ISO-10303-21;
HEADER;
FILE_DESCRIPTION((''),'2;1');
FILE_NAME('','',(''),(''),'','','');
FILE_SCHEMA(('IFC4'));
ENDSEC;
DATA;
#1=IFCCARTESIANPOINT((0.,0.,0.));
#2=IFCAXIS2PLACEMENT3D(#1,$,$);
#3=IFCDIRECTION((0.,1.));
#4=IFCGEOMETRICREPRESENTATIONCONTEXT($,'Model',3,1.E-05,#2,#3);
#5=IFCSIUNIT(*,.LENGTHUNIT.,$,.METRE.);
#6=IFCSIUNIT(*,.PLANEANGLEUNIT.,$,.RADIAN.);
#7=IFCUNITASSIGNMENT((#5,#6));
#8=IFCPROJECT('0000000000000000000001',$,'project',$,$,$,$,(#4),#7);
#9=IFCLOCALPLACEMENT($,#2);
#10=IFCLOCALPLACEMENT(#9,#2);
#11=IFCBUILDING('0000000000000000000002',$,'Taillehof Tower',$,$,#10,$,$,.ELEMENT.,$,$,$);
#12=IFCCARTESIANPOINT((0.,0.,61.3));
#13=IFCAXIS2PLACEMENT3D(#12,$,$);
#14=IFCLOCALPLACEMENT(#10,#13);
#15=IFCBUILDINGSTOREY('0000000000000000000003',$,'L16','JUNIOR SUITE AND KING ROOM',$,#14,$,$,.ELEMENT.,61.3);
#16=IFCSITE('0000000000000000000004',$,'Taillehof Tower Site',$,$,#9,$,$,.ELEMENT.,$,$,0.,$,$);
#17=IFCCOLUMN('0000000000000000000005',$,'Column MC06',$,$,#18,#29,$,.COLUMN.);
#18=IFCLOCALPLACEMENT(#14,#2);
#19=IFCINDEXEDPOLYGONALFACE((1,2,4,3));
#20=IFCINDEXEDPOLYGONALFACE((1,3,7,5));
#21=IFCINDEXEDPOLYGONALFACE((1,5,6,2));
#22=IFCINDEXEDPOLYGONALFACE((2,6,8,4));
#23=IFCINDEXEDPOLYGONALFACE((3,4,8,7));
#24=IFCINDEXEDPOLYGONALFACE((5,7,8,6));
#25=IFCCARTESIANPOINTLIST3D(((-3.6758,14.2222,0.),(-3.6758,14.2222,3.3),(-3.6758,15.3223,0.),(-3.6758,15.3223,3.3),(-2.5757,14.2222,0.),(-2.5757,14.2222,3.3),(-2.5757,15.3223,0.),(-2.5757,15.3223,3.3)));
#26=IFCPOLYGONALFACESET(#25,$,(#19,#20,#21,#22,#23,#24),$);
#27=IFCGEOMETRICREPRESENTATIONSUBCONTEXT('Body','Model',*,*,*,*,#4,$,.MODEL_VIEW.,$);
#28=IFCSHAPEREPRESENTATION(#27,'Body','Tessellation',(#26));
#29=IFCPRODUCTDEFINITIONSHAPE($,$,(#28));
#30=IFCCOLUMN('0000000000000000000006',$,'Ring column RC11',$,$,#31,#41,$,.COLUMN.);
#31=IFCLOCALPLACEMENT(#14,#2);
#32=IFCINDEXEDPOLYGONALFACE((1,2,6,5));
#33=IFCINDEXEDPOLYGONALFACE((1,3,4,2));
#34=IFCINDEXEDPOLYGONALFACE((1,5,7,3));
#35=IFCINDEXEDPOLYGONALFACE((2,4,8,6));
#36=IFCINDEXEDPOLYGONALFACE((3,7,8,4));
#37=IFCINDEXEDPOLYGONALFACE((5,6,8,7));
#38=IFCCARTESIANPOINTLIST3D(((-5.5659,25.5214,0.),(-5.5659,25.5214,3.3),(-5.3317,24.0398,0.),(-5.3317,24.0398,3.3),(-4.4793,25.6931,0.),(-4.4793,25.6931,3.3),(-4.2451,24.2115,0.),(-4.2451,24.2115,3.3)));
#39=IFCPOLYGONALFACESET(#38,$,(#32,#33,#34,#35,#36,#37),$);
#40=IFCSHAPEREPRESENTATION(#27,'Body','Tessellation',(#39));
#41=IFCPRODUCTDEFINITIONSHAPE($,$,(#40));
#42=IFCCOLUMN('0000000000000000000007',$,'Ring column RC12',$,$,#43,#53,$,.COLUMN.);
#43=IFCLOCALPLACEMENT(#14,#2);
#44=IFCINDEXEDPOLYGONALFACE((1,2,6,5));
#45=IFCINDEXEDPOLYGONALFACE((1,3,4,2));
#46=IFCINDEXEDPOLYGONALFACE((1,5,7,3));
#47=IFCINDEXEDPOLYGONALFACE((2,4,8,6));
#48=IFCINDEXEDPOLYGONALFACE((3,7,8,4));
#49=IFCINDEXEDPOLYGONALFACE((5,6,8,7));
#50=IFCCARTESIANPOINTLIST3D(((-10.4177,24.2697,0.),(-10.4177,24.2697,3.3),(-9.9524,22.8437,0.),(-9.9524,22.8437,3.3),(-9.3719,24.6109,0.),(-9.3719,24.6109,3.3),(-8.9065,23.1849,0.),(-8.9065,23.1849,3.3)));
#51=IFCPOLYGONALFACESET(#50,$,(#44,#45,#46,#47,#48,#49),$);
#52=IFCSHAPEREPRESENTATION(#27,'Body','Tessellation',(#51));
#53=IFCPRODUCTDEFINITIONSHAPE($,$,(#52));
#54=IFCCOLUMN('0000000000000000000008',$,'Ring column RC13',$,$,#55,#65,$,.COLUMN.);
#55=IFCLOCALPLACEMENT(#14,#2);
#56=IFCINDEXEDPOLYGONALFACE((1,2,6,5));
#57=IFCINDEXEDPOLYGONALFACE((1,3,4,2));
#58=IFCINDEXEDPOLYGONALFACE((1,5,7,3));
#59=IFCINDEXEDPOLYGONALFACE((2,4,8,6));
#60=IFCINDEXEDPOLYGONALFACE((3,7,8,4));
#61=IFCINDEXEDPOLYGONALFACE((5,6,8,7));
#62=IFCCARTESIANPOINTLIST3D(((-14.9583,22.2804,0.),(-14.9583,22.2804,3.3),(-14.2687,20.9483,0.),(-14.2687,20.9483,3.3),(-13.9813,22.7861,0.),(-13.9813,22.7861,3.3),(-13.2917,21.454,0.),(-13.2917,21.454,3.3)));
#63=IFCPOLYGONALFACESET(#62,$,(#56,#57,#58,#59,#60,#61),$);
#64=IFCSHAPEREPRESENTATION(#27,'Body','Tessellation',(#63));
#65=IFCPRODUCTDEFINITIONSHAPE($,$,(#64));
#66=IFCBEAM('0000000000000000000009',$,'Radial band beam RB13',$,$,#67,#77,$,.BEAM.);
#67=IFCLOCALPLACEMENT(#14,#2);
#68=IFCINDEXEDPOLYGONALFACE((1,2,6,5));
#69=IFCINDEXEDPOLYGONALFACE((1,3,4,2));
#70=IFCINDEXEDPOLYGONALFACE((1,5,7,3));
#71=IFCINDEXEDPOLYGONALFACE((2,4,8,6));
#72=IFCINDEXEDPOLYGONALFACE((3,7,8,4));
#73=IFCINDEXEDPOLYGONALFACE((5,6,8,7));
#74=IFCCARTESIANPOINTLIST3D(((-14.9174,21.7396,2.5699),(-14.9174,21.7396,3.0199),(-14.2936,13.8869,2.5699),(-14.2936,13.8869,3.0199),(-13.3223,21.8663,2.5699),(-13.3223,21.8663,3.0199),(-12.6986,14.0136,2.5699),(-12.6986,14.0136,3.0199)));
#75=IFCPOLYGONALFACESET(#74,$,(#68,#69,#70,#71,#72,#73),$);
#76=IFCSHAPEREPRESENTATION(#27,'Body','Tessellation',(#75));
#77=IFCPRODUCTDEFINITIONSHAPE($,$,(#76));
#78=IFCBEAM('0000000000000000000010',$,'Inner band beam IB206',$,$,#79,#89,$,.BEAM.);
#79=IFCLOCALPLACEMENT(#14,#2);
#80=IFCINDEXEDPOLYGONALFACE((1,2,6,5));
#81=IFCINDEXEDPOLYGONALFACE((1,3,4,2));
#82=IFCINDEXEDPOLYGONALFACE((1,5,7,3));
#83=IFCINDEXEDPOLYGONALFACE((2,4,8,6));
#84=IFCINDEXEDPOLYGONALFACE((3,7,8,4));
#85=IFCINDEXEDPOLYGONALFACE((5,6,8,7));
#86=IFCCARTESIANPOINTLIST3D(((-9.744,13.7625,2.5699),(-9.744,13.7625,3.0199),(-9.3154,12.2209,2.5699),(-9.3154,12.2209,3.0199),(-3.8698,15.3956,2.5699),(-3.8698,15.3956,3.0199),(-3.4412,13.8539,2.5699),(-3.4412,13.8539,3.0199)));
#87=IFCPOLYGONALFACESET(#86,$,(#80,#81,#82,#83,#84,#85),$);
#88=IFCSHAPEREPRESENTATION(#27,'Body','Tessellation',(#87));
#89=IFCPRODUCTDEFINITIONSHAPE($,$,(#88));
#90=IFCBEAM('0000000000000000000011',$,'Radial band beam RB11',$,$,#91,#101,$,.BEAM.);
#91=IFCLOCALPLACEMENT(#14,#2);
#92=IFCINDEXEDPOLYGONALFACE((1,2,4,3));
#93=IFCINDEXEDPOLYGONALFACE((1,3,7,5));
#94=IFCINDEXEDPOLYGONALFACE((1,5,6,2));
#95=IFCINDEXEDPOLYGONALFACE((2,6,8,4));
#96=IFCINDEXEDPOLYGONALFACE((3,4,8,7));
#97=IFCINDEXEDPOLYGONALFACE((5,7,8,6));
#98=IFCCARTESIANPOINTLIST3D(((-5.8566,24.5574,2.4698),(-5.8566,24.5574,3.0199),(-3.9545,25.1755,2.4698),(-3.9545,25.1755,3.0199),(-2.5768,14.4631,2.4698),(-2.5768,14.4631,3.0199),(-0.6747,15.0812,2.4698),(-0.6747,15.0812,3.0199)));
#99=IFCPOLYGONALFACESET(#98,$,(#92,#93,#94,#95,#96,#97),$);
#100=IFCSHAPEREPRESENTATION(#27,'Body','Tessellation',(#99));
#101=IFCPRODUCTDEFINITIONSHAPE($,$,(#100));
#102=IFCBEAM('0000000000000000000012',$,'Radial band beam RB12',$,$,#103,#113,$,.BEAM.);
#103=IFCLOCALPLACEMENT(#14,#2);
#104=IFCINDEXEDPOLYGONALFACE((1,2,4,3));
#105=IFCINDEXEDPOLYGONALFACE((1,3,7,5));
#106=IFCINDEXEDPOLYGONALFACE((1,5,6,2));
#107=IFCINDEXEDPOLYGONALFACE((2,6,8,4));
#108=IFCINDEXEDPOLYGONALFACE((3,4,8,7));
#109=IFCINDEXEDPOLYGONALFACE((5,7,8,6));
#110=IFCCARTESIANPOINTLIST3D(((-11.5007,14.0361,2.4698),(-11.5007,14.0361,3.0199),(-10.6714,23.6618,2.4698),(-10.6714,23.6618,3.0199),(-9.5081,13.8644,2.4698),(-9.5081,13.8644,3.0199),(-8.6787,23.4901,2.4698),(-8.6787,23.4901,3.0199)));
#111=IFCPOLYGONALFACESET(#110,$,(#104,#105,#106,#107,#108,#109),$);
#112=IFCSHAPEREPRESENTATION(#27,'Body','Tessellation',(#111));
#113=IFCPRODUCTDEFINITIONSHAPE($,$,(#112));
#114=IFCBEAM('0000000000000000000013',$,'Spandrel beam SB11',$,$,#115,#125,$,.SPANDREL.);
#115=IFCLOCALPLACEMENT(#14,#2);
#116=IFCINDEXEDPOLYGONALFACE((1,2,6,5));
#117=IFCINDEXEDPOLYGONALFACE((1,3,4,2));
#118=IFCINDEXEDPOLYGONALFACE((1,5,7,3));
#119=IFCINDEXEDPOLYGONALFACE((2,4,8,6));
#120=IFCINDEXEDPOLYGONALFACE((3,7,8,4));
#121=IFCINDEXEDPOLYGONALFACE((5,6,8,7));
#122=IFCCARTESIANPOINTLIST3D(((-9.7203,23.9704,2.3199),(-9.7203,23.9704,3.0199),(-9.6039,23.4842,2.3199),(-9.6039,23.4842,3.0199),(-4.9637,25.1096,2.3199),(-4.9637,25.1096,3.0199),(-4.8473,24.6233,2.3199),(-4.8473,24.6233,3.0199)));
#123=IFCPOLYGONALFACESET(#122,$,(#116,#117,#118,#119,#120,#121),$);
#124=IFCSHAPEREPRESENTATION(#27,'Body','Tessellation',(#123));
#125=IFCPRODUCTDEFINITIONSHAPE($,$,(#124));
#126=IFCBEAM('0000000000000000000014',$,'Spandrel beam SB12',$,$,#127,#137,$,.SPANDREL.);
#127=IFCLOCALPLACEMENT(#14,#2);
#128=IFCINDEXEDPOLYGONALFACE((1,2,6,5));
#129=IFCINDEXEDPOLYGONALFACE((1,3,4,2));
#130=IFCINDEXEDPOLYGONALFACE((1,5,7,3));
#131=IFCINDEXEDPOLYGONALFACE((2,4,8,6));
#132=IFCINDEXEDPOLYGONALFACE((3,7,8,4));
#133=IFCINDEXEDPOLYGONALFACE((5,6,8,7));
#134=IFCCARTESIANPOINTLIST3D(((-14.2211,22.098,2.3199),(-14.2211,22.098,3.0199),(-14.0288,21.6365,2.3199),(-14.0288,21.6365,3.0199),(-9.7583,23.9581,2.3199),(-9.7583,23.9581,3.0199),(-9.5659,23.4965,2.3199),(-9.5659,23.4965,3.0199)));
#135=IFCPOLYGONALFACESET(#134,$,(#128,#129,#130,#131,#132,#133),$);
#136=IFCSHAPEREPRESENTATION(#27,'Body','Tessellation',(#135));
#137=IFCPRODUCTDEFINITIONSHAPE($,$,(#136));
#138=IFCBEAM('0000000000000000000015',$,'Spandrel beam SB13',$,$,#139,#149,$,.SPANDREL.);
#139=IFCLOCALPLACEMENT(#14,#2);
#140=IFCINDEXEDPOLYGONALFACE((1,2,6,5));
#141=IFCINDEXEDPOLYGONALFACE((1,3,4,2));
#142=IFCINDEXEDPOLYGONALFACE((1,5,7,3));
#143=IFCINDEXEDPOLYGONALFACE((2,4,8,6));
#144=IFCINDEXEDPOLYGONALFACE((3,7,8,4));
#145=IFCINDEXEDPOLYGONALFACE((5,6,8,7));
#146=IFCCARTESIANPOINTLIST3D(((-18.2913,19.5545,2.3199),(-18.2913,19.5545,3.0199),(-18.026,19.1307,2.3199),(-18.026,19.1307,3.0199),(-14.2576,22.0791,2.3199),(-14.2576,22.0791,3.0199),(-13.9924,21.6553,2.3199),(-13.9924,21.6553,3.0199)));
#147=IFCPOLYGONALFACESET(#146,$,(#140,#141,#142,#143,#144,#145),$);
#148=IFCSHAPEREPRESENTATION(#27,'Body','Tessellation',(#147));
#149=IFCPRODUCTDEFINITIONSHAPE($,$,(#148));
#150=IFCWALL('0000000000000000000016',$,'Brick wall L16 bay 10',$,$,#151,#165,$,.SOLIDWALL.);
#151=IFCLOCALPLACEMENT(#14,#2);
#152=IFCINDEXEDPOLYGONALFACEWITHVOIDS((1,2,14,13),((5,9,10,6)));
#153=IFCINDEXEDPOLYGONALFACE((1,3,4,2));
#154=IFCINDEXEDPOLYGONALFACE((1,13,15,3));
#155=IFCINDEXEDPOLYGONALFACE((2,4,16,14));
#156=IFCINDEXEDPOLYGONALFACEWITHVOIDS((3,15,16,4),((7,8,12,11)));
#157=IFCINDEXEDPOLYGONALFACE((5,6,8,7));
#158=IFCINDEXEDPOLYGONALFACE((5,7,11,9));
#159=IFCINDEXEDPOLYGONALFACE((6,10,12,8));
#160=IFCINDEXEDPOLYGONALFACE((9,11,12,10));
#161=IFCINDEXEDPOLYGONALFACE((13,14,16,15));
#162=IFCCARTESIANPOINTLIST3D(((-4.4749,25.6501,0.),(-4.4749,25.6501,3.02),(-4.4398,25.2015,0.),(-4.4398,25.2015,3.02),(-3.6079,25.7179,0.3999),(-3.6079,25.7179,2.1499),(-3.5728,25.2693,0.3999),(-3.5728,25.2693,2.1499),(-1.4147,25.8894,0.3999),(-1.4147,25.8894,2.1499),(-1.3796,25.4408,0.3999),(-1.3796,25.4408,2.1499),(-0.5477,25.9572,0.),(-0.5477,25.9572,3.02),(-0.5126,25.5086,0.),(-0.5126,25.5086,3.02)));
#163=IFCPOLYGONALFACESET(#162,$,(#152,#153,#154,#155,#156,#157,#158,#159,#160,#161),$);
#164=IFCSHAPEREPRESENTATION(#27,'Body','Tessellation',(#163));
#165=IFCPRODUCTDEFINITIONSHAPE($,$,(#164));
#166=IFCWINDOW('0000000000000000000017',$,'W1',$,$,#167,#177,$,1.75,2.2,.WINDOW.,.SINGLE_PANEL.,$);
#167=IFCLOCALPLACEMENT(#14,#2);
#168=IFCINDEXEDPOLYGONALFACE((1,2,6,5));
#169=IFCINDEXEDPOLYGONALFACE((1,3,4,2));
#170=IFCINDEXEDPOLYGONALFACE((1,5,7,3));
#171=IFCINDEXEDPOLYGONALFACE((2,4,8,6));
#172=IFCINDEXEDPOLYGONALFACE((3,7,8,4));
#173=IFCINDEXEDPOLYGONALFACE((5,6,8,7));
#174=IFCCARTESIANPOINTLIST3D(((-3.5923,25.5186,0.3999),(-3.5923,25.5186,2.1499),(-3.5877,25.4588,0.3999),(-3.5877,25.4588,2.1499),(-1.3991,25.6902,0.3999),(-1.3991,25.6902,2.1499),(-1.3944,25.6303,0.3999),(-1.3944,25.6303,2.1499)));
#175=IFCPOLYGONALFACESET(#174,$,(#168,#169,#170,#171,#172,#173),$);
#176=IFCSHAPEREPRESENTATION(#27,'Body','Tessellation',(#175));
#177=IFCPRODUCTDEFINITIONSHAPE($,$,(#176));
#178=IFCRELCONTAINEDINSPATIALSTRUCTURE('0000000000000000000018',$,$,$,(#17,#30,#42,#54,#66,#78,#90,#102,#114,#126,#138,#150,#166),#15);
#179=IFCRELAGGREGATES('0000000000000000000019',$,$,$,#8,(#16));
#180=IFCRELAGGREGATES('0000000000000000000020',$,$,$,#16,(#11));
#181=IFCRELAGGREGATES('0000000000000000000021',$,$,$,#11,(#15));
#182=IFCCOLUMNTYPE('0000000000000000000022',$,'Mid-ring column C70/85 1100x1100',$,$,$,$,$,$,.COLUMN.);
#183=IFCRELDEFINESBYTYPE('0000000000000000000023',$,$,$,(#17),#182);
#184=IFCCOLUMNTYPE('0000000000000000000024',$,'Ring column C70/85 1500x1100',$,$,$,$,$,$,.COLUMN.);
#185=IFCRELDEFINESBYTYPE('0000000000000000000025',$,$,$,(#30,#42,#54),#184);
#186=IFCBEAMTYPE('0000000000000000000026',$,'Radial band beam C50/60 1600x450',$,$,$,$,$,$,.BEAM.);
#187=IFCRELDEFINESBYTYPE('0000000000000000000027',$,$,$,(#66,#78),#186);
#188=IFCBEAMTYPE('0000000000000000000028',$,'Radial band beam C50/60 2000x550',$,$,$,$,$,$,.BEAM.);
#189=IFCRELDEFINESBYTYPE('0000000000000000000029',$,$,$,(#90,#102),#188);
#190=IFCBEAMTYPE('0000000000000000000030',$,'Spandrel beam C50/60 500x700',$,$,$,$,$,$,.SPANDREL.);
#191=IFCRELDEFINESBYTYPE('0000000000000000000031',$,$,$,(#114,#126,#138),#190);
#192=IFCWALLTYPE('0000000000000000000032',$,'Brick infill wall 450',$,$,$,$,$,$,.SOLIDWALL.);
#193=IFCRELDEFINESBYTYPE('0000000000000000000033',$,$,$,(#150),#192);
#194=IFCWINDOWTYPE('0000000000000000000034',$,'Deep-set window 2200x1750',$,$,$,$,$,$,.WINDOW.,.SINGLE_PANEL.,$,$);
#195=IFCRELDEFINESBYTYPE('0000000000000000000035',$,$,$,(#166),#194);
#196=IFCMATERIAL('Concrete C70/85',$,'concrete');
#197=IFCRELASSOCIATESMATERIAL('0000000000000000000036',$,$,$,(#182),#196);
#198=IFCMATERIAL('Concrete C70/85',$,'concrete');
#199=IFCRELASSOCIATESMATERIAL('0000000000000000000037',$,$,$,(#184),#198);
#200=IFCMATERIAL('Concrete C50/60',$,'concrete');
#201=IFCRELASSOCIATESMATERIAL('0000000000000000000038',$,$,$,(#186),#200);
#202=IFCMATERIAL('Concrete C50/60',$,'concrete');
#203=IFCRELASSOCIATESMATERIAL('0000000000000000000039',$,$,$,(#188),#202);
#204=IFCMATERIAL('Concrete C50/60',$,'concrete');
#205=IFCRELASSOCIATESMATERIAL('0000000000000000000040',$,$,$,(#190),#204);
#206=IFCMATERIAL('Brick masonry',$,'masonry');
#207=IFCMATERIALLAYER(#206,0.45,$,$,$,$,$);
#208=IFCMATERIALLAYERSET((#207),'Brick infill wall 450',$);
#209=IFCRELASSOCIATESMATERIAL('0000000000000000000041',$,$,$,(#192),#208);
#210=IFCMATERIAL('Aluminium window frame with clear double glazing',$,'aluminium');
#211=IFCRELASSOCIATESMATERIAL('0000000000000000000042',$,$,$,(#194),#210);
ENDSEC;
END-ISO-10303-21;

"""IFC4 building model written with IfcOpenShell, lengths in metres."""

from ifc_helpers import new_model, si_unit, direction, frame, frame_2d, origin, origin_2d, place, context, subcontext, project, spatial, rectangle, extrude, material, layer, layer_set, material_profile, profile_set, type_object, element, fill, save


model = new_model("IFC4")

# Units and contexts
model_context = context("Model", 3, precision=1e-05, world=origin(), true_north=direction((0.0, 1.0)))
body_context = subcontext(model_context, "Body", "Model", "MODEL_VIEW")
ifc_project = project(units=[si_unit("LENGTHUNIT", "METRE"), si_unit("PLANEANGLEUNIT", "RADIAN")], contexts=[model_context])

# Site, building, storey
site_placement = place(None, origin())
site = spatial("IfcSite", under=ifc_project, at=site_placement, Name="Taillehof Tower Site", CompositionType="ELEMENT", RefElevation=0.0)
building_placement = place(site_placement, origin())
building = spatial("IfcBuilding", under=site, at=building_placement, Name="Taillehof Tower", CompositionType="ELEMENT")
storey_placement = place(building_placement, frame((0.0, 0.0, 61.3)))
storey = spatial("IfcBuildingStorey", under=building, at=storey_placement, Name="L16", Description="JUNIOR SUITE AND KING ROOM", CompositionType="ELEMENT", Elevation=61.3)

# Columns
ifc_material_1 = material(Name="Concrete C70/85", Category="concrete")
ifc_material_profile_1 = material_profile(ifc_material_1, rectangle(XDim=1.1001, YDim=1.1001, at=origin_2d()), Name="RC 1100x1100")
ifc_profile_set_1 = profile_set([ifc_material_profile_1], Name="Concrete C70/85")
column_type_1 = type_object("IfcColumnType", Name="Mid-ring column C70/85 1100x1100", PredefinedType="COLUMN", material=ifc_profile_set_1)
column_placement = place(storey_placement, frame((-3.1257, 14.7722, 0.0), z_axis=(0.0, 0.0, 1.0), x_axis=(1.0, 0.0, 0.0)))
element("IfcColumn", 1, at=column_placement, inside=storey, type_object=column_type_1, Name="Column MC06", PredefinedType="COLUMN", context=body_context, shape_type="SweptSolid", body=[
    extrude(rectangle(XDim=1.1001, YDim=1.1001, at=origin_2d()), origin(), (0.0, 0.0, 1.0), 3.3),
])
ifc_material_2 = material(Name="Concrete C70/85", Category="concrete")
ifc_material_profile_2 = material_profile(ifc_material_2, rectangle(XDim=1.5, YDim=1.1001, at=origin_2d()), Name="RC 1500x1100")
ifc_profile_set_2 = profile_set([ifc_material_profile_2], Name="Concrete C70/85")
column_type_2 = type_object("IfcColumnType", Name="Ring column C70/85 1500x1100", PredefinedType="COLUMN", material=ifc_profile_set_2)
for number, where, z_axis, x_axis, name in (
    (2, (-4.9055, 24.8665, 0.0), (0.0, 0.0, 1.0), (-0.156147, 0.987734, 0.0), "Ring column RC11"),
    (3, (-9.6621, 23.7273, 0.0), (0.0, 0.0, 1.0), (-0.310219, 0.950665, 0.0), "Ring column RC12"),
    (4, (-14.125, 21.8672, 0.0), (0.0, 0.0, 1.0), (-0.459691, 0.888079, 0.0), "Ring column RC13"),
):
    element("IfcColumn", number, at=place(storey_placement, frame(where, z_axis=z_axis, x_axis=x_axis)), inside=storey, type_object=column_type_2, Name=name, PredefinedType="COLUMN", context=body_context, shape_type="SweptSolid", body=[
        extrude(rectangle(XDim=1.5, YDim=1.1001, at=origin_2d()), origin(), (0.0, 0.0, 1.0), 3.3),
    ])

# Beams
ifc_material_3 = material(Name="Concrete C50/60", Category="concrete")
ifc_material_profile_3 = material_profile(ifc_material_3, rectangle(XDim=1.6001, YDim=0.45, at=origin_2d()), Name="RC 1600x450")
ifc_profile_set_3 = profile_set([ifc_material_profile_3], Name="Concrete C50/60")
beam_type_1 = type_object("IfcBeamType", Name="Radial band beam C50/60 1600x450", PredefinedType="BEAM", material=ifc_profile_set_3)
beam_1_placement = place(storey_placement, frame((-14.1199, 21.803, 2.7949), z_axis=(0.079185, -0.99686, 0.0), x_axis=(0.99686, 0.079185, 0.0)))
element("IfcBeam", 5, at=beam_1_placement, inside=storey, type_object=beam_type_1, Name="Radial band beam RB13", PredefinedType="BEAM", context=body_context, shape_type="SweptSolid", body=[
    extrude(rectangle(XDim=1.6001, YDim=0.45, at=origin_2d()), origin(), (0.0, 0.0, 1.0), 7.8774),
])
beam_2_placement = place(storey_placement, frame((-3.6555, 14.6248, 2.7949), z_axis=(-0.963459, -0.267855, 0.0), x_axis=(0.267855, -0.963459, 0.0)))
element("IfcBeam", 6, at=beam_2_placement, inside=storey, type_object=beam_type_1, Name="Inner band beam IB206", PredefinedType="BEAM", context=body_context, shape_type="SweptSolid", body=[
    extrude(rectangle(XDim=1.6001, YDim=0.45, at=origin_2d()), origin(), (0.0, 0.0, 1.0), 6.0969),
])
ifc_material_4 = material(Name="Concrete C50/60", Category="concrete")
ifc_material_profile_4 = material_profile(ifc_material_4, rectangle(XDim=2.0, YDim=0.55, at=origin_2d()), Name="RC 2000x550")
ifc_profile_set_4 = profile_set([ifc_material_profile_4], Name="Concrete C50/60")
beam_type_2 = type_object("IfcBeamType", Name="Radial band beam C50/60 2000x550", PredefinedType="BEAM", material=ifc_profile_set_4)
beam_3_placement = place(storey_placement, frame((-4.9055, 24.8665, 2.7449), z_axis=(0.309014, -0.951057, 0.0), x_axis=(0.951057, 0.309014, 0.0)))
element("IfcBeam", 7, at=beam_3_placement, inside=storey, type_object=beam_type_2, Name="Radial band beam RB11", PredefinedType="BEAM", context=body_context, shape_type="SweptSolid", body=[
    extrude(rectangle(XDim=2.0, YDim=0.55, at=origin_2d()), origin(), (0.0, 0.0, 1.0), 10.6138),
])
beam_4_placement = place(storey_placement, frame((-9.675, 23.5759, 2.7449), z_axis=(-0.085841, -0.996309, 0.0), x_axis=(0.996309, -0.085841, 0.0)))
element("IfcBeam", 8, at=beam_4_placement, inside=storey, type_object=beam_type_2, Name="Radial band beam RB12", PredefinedType="BEAM", context=body_context, shape_type="SweptSolid", body=[
    extrude(rectangle(XDim=2.0, YDim=0.55, at=origin_2d()), origin(), (0.0, 0.0, 1.0), 9.6614),
])
ifc_material_5 = material(Name="Concrete C50/60", Category="concrete")
ifc_material_profile_5 = material_profile(ifc_material_5, rectangle(XDim=0.5, YDim=0.7, at=origin_2d()), Name="RC 500x700")
ifc_profile_set_5 = profile_set([ifc_material_profile_5], Name="Concrete C50/60")
beam_type_3 = type_object("IfcBeamType", Name="Spandrel beam C50/60 500x700", PredefinedType="SPANDREL", material=ifc_profile_set_5)
beam_5_placement = place(storey_placement, frame((-4.9055, 24.8665, 2.6699), z_axis=(-0.9725, -0.232905, 0.0), x_axis=(0.232905, -0.9725, 0.0)))
element("IfcBeam", 9, at=beam_5_placement, inside=storey, type_object=beam_type_3, Name="Spandrel beam SB11", PredefinedType="SPANDREL", context=body_context, shape_type="SweptSolid", body=[
    extrude(rectangle(XDim=0.5, YDim=0.7, at=origin_2d()), origin(), (0.0, 0.0, 1.0), 4.8911),
])
beam_6_placement = place(storey_placement, frame((-9.6621, 23.7273, 2.6699), z_axis=(-0.923035, -0.384716, 0.0), x_axis=(0.384716, -0.923035, 0.0)))
element("IfcBeam", 10, at=beam_6_placement, inside=storey, type_object=beam_type_3, Name="Spandrel beam SB12", PredefinedType="SPANDREL", context=body_context, shape_type="SweptSolid", body=[
    extrude(rectangle(XDim=0.5, YDim=0.7, at=origin_2d()), origin(), (0.0, 0.0, 1.0), 4.835),
])
beam_7_placement = place(storey_placement, frame((-14.125, 21.8672, 2.6699), z_axis=(-0.847658, -0.530543, 0.0), x_axis=(0.530543, -0.847658, 0.0)))
element("IfcBeam", 11, at=beam_7_placement, inside=storey, type_object=beam_type_3, Name="Spandrel beam SB13", PredefinedType="SPANDREL", context=body_context, shape_type="SweptSolid", body=[
    extrude(rectangle(XDim=0.5, YDim=0.7, at=origin_2d()), origin(), (0.0, 0.0, 1.0), 4.7585),
])

# Wall, opening, window
ifc_material_6 = material(Name="Brick masonry", Category="masonry")
ifc_layer_1 = layer(ifc_material_6, 0.45)
ifc_layer_set_1 = layer_set([ifc_layer_1], Name="Brick infill wall 450")
wall_type_1 = type_object("IfcWallType", Name="Brick infill wall 450", PredefinedType="SOLIDWALL", material=ifc_layer_set_1)
wall_1_placement = place(storey_placement, frame((-0.53, 25.7329, 0.0), z_axis=(0.0, 0.0, 1.0), x_axis=(-0.996956, -0.077967, 0.0)))
wall_1 = element("IfcWall", 12, at=wall_1_placement, inside=storey, type_object=wall_type_1, Name="Brick wall L16 bay 10", PredefinedType="SOLIDWALL", context=body_context, shape_type="SweptSolid", body=[
    extrude(rectangle(XDim=3.9392, YDim=0.45, at=frame_2d((1.9697, 0.0))), origin(), (0.0, 0.0, 1.0), 3.02),
])
opening_1_placement = place(wall_1_placement, frame((0.8696, 0.0, 0.3999)))
opening_1 = element("IfcOpeningElement", 13, at=opening_1_placement, cuts=wall_1, PredefinedType="OPENING", context=body_context, shape_type="SweptSolid", body=[
    extrude(rectangle(XDim=2.2, YDim=1.75, at=frame_2d((1.1001, 0.875))), frame((0.0, 0.2349, 0.0), z_axis=(0.0, -1.0, 0.0), x_axis=(1.0, 0.0, 0.0)), (0.0, 0.0, 1.0), 0.47),
])
ifc_material_7 = material(Name="Aluminium window frame with clear double glazing", Category="aluminium")
window_type = type_object("IfcWindowType", Name="Deep-set window 2200x1750", PartitioningType="SINGLE_PANEL", PredefinedType="WINDOW", material=ifc_material_7)
window_1_placement = place(opening_1_placement, origin())
window_1 = element("IfcWindow", 14, at=window_1_placement, inside=storey, type_object=window_type, Name="W1", OverallHeight=1.75, OverallWidth=2.2, PartitioningType="SINGLE_PANEL", PredefinedType="WINDOW", context=body_context, shape_type="SweptSolid", body=[
    extrude(rectangle(XDim=2.2, YDim=1.75, at=frame_2d((1.1001, 0.875))), frame((0.0, 0.0349, 0.0), z_axis=(0.0, -1.0, 0.0), x_axis=(1.0, 0.0, 0.0)), (0.0, 0.0, 1.0), 0.0601),
])
fill(opening_1, window_1)

save(model, "model.ifc")
